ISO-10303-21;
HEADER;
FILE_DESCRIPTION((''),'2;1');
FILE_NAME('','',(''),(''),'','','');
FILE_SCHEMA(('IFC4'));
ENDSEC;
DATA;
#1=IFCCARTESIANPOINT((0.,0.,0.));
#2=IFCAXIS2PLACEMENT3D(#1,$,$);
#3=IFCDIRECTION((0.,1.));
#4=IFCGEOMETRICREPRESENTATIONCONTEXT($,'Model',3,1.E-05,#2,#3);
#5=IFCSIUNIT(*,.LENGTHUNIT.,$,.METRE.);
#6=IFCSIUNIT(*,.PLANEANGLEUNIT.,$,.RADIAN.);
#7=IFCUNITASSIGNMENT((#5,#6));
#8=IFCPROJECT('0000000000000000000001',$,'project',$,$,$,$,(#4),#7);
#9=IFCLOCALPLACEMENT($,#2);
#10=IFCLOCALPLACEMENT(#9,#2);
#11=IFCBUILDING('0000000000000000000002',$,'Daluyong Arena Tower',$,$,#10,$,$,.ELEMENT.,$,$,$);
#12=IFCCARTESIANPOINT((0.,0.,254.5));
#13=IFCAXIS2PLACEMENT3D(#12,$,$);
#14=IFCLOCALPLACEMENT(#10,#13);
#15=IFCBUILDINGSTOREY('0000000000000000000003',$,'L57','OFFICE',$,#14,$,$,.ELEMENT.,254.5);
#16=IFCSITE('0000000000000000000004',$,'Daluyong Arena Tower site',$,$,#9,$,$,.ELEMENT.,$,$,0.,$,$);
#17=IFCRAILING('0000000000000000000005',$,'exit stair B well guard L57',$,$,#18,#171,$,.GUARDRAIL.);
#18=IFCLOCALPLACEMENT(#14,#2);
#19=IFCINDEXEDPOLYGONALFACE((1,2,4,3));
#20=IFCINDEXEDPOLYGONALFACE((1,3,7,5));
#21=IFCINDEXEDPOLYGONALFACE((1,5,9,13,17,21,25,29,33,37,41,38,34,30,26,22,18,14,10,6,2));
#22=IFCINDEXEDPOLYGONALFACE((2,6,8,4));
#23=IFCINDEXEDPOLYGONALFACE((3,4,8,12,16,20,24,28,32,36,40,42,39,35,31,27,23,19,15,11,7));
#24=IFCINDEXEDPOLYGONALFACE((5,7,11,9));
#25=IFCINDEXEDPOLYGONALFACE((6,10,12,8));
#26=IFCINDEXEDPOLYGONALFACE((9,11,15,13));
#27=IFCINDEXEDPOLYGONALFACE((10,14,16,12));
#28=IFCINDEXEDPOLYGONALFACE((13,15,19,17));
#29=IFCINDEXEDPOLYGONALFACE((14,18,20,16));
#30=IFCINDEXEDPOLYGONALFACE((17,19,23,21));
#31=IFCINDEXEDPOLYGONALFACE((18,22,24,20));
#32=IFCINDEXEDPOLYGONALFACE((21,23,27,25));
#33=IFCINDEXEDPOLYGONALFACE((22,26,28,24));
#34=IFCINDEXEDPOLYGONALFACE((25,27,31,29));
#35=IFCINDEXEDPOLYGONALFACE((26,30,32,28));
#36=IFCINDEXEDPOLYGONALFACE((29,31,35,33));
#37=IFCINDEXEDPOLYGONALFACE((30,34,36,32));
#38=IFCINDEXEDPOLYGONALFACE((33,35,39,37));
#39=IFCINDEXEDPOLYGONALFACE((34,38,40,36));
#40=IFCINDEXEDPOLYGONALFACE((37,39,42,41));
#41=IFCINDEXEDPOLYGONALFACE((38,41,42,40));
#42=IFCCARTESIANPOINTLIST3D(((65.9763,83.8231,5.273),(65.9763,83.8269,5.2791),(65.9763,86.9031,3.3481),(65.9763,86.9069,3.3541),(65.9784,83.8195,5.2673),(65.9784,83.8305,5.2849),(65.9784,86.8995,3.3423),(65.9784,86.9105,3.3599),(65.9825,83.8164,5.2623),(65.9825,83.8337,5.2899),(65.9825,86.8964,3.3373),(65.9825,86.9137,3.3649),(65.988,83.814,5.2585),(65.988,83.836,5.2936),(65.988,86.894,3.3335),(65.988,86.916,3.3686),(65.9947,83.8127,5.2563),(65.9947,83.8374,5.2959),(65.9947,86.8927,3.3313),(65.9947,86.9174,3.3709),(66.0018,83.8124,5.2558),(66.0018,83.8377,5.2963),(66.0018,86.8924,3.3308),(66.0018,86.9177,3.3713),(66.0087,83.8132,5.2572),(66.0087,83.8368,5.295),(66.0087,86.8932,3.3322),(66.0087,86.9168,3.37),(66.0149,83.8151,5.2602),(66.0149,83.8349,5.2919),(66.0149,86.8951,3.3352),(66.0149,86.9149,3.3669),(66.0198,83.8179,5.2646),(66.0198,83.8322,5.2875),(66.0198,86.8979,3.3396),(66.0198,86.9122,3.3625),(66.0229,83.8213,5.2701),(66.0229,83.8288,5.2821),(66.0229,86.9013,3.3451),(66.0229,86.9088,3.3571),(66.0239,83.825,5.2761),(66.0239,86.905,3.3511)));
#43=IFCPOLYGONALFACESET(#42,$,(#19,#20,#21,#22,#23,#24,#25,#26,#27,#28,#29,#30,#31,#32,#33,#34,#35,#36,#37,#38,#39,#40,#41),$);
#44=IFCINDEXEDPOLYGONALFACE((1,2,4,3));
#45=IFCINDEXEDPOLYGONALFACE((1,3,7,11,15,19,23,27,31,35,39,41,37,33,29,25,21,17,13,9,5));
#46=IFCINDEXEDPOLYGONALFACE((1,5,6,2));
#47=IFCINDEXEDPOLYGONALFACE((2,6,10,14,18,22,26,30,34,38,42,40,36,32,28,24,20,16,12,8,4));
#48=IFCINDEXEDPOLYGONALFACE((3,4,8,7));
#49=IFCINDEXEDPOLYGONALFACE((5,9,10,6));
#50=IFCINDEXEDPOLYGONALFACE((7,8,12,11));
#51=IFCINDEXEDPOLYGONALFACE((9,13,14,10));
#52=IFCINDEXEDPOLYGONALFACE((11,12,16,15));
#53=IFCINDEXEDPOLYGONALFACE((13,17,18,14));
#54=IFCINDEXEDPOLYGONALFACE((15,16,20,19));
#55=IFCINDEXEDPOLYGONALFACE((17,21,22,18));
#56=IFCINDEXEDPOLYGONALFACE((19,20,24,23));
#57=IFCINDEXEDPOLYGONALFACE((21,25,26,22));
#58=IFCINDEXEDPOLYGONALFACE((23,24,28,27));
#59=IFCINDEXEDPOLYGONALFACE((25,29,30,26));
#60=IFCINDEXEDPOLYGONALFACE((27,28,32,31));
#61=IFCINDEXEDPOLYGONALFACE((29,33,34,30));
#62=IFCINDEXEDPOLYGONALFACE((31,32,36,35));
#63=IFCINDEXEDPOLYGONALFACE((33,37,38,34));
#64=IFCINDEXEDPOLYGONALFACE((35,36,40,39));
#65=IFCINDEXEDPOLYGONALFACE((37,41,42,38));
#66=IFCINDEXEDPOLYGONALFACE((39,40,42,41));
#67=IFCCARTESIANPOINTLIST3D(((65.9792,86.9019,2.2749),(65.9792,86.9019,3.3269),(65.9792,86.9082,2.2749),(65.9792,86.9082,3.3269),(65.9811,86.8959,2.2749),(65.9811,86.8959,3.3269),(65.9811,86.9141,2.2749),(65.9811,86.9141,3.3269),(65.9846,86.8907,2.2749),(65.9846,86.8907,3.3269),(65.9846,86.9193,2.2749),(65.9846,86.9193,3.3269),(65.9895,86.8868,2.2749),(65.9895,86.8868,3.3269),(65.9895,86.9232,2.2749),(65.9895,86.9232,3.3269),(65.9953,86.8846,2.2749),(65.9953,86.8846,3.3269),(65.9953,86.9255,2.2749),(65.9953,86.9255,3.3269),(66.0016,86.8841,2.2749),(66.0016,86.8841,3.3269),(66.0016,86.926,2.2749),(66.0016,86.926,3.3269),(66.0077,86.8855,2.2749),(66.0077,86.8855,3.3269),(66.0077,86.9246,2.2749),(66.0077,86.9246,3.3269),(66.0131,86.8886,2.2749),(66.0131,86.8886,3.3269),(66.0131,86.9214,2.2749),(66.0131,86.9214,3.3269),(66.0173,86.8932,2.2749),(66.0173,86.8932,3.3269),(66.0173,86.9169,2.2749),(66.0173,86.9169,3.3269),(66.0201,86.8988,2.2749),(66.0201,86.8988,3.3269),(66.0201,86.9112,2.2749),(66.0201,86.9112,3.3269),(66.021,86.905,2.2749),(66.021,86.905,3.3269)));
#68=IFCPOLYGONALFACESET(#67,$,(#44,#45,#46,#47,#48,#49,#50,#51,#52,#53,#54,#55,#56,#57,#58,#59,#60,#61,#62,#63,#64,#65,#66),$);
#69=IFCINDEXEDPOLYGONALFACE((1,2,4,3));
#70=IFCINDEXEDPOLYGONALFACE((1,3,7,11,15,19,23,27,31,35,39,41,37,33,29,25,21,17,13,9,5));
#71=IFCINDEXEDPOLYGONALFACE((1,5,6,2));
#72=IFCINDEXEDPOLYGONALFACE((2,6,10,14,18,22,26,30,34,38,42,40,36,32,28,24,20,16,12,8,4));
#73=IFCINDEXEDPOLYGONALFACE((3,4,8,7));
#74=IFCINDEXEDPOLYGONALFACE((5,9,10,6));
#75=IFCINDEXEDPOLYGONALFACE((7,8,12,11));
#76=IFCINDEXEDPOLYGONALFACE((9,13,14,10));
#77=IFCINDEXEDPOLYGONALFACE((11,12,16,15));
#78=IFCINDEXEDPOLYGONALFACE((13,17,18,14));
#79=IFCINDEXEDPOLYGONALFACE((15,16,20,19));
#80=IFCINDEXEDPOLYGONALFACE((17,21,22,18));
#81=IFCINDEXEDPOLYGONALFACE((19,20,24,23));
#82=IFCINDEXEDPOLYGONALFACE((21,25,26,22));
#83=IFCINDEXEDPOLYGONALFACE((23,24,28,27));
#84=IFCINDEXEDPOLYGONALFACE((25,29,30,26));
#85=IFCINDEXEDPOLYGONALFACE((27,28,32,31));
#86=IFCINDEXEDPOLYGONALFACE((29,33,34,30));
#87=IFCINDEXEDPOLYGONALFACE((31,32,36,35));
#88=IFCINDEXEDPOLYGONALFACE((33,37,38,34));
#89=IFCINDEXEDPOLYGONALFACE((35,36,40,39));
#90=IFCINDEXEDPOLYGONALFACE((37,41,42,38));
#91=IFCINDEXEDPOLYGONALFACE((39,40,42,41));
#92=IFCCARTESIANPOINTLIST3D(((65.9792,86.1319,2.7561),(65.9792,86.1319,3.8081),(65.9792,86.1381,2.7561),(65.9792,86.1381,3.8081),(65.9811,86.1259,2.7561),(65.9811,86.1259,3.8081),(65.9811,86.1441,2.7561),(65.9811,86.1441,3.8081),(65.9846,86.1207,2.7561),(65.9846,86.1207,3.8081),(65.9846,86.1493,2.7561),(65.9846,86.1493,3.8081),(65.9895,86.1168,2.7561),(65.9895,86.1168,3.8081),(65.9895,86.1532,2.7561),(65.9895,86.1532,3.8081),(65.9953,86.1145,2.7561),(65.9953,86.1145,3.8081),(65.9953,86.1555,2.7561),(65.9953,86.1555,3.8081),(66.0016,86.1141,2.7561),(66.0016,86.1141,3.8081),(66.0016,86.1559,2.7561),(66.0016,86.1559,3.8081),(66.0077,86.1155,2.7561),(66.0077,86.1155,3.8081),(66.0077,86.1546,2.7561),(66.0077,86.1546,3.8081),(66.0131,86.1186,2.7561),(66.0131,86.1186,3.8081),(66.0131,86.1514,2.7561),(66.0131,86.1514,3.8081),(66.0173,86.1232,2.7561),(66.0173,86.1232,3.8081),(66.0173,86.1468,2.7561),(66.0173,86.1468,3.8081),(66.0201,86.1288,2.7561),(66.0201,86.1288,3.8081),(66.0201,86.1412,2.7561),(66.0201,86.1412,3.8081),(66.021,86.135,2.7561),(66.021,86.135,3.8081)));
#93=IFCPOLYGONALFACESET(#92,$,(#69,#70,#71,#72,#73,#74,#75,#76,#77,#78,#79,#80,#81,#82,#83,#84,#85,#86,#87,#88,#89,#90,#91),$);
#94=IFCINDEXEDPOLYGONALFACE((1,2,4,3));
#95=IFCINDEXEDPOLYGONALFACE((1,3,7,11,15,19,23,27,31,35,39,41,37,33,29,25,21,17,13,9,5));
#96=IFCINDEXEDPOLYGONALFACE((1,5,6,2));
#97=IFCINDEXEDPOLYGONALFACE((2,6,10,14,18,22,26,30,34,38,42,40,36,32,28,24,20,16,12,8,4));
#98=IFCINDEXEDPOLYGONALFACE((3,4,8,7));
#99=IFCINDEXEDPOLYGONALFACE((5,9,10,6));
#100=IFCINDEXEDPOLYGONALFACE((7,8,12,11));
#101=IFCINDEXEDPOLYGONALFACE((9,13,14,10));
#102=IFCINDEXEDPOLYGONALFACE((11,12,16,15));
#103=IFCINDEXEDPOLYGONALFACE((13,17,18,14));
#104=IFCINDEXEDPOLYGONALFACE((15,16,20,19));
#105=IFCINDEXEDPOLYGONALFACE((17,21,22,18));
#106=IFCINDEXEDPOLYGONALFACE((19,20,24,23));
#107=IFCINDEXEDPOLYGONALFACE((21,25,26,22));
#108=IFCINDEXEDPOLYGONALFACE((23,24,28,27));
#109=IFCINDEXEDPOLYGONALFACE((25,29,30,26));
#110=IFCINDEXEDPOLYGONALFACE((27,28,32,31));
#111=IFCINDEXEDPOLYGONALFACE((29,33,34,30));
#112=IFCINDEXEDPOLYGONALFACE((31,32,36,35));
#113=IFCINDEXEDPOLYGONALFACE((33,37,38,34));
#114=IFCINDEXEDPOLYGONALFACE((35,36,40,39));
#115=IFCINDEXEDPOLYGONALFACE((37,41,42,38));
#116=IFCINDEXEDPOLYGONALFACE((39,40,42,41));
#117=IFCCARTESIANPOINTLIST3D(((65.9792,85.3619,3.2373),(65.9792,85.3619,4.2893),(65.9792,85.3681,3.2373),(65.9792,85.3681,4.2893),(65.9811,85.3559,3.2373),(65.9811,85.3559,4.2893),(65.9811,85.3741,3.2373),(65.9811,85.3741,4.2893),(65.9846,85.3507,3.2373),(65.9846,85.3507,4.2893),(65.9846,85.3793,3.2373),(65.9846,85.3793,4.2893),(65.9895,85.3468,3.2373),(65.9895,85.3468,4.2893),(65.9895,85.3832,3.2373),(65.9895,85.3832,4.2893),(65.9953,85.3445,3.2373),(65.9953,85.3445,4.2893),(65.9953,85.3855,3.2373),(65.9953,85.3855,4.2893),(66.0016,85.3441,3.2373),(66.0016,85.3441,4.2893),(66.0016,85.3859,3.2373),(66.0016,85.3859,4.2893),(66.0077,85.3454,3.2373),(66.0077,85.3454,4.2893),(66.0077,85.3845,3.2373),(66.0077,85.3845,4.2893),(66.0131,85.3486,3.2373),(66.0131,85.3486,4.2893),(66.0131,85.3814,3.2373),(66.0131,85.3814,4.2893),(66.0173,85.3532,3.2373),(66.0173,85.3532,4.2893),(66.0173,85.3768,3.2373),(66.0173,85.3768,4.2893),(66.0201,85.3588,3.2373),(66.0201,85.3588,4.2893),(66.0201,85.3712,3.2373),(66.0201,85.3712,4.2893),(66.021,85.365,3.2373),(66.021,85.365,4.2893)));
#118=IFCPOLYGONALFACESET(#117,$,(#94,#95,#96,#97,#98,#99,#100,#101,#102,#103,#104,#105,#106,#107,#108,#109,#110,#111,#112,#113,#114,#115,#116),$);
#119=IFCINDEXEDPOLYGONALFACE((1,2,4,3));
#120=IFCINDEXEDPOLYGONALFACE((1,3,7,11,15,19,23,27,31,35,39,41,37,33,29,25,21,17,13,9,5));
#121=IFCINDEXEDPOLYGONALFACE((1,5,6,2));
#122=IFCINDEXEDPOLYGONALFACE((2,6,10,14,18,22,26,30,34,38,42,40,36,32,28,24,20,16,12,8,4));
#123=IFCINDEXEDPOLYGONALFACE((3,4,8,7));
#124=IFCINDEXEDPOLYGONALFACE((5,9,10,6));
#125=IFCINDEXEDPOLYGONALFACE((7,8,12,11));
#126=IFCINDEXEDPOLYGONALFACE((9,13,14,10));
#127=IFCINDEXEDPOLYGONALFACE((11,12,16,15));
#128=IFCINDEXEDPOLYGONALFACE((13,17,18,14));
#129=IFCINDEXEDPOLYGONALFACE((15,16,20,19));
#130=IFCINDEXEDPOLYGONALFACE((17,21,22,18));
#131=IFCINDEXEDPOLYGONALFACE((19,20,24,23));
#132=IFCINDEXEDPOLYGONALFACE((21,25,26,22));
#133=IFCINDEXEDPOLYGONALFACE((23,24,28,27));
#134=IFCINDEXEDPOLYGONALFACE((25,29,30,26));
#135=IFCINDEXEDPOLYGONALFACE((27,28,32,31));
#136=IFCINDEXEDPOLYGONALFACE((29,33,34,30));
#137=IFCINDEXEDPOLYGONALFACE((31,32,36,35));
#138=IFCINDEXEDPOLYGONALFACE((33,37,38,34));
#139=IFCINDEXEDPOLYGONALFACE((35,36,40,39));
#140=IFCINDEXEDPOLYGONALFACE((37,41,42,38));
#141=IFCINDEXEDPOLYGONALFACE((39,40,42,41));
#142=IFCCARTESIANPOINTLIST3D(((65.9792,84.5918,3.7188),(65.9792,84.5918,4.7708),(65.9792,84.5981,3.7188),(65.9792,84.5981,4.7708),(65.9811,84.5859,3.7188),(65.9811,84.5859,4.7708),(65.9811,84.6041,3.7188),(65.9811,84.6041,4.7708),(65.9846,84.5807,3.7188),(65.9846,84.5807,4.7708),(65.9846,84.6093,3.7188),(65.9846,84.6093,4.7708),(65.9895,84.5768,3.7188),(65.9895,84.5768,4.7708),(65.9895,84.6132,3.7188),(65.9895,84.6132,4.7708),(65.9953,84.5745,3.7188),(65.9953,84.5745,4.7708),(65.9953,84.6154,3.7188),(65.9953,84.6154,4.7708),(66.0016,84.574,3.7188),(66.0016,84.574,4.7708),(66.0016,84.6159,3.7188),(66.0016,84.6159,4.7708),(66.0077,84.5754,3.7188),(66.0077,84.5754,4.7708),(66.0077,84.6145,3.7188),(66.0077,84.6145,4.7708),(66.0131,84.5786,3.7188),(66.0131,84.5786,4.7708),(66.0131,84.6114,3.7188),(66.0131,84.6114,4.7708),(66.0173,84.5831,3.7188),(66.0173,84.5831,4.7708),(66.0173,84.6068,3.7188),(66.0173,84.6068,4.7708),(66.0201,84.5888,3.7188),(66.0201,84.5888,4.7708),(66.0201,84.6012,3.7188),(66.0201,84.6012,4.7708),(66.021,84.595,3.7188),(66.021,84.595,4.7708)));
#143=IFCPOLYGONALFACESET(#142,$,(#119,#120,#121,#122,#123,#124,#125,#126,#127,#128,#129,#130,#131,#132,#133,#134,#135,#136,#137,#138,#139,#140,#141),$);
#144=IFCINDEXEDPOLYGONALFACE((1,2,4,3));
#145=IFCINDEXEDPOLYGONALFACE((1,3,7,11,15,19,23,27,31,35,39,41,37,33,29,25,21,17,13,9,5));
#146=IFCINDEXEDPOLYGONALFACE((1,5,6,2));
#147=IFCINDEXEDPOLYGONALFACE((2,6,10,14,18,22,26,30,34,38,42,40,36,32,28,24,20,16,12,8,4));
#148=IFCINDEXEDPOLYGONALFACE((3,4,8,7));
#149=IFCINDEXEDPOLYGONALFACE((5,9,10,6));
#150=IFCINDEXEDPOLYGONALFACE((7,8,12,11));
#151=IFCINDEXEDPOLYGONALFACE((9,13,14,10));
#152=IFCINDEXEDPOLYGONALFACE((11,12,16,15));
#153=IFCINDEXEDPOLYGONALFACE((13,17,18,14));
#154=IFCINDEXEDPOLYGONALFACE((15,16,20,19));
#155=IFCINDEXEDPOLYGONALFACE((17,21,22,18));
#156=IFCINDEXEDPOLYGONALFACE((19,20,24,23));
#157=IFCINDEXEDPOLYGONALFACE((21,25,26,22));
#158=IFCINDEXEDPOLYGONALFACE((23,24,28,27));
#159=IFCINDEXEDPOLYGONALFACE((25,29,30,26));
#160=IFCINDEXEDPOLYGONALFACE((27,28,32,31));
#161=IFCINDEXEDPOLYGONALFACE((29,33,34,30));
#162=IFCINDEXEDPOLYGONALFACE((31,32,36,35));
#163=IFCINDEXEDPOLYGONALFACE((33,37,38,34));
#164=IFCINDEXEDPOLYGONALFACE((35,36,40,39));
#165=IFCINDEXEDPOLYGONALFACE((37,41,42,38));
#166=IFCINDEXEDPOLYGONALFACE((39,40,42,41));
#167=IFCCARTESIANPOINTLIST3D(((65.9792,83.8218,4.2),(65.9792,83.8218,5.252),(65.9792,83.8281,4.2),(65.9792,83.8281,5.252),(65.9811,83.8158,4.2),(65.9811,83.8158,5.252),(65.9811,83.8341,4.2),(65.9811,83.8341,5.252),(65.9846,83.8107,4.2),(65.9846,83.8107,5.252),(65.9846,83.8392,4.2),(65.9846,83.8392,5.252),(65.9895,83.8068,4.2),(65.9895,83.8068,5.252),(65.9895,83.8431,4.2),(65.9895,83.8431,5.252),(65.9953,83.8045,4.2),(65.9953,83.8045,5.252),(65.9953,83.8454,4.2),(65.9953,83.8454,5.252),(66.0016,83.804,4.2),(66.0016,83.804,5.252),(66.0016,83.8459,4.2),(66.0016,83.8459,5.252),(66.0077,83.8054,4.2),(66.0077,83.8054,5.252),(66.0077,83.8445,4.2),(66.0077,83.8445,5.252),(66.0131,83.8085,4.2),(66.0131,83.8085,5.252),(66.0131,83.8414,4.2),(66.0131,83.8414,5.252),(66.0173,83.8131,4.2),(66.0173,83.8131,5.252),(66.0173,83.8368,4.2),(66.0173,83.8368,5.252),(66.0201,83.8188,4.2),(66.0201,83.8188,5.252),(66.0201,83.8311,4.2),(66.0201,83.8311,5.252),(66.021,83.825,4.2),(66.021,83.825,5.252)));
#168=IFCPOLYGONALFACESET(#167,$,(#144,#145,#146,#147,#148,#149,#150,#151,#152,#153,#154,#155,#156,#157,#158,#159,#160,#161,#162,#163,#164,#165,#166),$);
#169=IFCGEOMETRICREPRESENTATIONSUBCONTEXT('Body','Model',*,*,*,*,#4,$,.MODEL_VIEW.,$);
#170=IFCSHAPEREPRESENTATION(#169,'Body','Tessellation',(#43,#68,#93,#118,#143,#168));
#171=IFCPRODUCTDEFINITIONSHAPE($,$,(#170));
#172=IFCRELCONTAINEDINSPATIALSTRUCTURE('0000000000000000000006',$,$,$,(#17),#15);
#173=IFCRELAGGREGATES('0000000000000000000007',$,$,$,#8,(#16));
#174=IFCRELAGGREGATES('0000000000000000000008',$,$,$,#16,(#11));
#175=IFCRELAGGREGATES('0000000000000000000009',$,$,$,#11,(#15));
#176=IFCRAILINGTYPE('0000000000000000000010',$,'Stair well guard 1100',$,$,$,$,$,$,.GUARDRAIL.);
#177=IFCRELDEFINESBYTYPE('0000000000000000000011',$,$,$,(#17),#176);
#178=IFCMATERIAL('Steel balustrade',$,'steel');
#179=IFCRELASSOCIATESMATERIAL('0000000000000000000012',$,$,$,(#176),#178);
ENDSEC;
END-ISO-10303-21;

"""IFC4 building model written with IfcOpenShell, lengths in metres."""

from ifc_helpers import new_model, si_unit, direction, frame, origin, origin_2d, place, context, subcontext, project, spatial, circle, extrude, material, type_object, element, save


model = new_model("IFC4")

# Units and contexts
model_context = context("Model", 3, precision=1e-05, world=origin(), true_north=direction((0.0, 1.0)))
body_context = subcontext(model_context, "Body", "Model", "MODEL_VIEW")
ifc_project = project(units=[si_unit("LENGTHUNIT", "METRE"), si_unit("PLANEANGLEUNIT", "RADIAN")], contexts=[model_context])

# Site, building, storey
site_placement = place(None, origin())
site = spatial("IfcSite", under=ifc_project, at=site_placement, Name="Daluyong Arena Tower site", CompositionType="ELEMENT", RefElevation=0.0)
building_placement = place(site_placement, origin())
building = spatial("IfcBuilding", under=site, at=building_placement, Name="Daluyong Arena Tower", CompositionType="ELEMENT")
storey_placement = place(building_placement, frame((0.0, 0.0, 254.5)))
storey = spatial("IfcBuildingStorey", under=building, at=storey_placement, Name="L57", Description="OFFICE", CompositionType="ELEMENT", Elevation=254.5)

# Railing
ifc_material_1 = material(Name="Steel balustrade", Category="steel")
railing_type_1 = type_object("IfcRailingType", Name="Stair well guard 1100", PredefinedType="GUARDRAIL", material=ifc_material_1)
railing_1_placement = place(storey_placement, frame((66.0, 86.905, 2.2749)))
element("IfcRailing", 1, at=railing_1_placement, inside=storey, type_object=railing_type_1, Name="exit stair B well guard L57", PredefinedType="GUARDRAIL", context=body_context, shape_type="SweptSolid", body=[
    extrude(circle(Radius=0.0239, at=origin_2d()), frame((0.0, 0.0, 1.0762), z_axis=(0.0, -0.847998, 0.529999), x_axis=(1.0, 0.0, 0.0)), (0.0, 0.0, 1.0), 3.6321),
    extrude(circle(Radius=0.021, at=origin_2d()), origin(), (0.0, 0.0, 1.0), 1.052),
    extrude(circle(Radius=0.021, at=origin_2d()), frame((0.0, -0.77, 0.4812)), (0.0, 0.0, 1.0), 1.052),
    extrude(circle(Radius=0.021, at=origin_2d()), frame((0.0, -1.54, 0.9624)), (0.0, 0.0, 1.0), 1.052),
    extrude(circle(Radius=0.021, at=origin_2d()), frame((0.0, -2.3101, 1.4438)), (0.0, 0.0, 1.0), 1.052),
    extrude(circle(Radius=0.021, at=origin_2d()), frame((0.0, -3.0801, 1.925)), (0.0, 0.0, 1.0), 1.052),
])

save(model, "model.ifc")
